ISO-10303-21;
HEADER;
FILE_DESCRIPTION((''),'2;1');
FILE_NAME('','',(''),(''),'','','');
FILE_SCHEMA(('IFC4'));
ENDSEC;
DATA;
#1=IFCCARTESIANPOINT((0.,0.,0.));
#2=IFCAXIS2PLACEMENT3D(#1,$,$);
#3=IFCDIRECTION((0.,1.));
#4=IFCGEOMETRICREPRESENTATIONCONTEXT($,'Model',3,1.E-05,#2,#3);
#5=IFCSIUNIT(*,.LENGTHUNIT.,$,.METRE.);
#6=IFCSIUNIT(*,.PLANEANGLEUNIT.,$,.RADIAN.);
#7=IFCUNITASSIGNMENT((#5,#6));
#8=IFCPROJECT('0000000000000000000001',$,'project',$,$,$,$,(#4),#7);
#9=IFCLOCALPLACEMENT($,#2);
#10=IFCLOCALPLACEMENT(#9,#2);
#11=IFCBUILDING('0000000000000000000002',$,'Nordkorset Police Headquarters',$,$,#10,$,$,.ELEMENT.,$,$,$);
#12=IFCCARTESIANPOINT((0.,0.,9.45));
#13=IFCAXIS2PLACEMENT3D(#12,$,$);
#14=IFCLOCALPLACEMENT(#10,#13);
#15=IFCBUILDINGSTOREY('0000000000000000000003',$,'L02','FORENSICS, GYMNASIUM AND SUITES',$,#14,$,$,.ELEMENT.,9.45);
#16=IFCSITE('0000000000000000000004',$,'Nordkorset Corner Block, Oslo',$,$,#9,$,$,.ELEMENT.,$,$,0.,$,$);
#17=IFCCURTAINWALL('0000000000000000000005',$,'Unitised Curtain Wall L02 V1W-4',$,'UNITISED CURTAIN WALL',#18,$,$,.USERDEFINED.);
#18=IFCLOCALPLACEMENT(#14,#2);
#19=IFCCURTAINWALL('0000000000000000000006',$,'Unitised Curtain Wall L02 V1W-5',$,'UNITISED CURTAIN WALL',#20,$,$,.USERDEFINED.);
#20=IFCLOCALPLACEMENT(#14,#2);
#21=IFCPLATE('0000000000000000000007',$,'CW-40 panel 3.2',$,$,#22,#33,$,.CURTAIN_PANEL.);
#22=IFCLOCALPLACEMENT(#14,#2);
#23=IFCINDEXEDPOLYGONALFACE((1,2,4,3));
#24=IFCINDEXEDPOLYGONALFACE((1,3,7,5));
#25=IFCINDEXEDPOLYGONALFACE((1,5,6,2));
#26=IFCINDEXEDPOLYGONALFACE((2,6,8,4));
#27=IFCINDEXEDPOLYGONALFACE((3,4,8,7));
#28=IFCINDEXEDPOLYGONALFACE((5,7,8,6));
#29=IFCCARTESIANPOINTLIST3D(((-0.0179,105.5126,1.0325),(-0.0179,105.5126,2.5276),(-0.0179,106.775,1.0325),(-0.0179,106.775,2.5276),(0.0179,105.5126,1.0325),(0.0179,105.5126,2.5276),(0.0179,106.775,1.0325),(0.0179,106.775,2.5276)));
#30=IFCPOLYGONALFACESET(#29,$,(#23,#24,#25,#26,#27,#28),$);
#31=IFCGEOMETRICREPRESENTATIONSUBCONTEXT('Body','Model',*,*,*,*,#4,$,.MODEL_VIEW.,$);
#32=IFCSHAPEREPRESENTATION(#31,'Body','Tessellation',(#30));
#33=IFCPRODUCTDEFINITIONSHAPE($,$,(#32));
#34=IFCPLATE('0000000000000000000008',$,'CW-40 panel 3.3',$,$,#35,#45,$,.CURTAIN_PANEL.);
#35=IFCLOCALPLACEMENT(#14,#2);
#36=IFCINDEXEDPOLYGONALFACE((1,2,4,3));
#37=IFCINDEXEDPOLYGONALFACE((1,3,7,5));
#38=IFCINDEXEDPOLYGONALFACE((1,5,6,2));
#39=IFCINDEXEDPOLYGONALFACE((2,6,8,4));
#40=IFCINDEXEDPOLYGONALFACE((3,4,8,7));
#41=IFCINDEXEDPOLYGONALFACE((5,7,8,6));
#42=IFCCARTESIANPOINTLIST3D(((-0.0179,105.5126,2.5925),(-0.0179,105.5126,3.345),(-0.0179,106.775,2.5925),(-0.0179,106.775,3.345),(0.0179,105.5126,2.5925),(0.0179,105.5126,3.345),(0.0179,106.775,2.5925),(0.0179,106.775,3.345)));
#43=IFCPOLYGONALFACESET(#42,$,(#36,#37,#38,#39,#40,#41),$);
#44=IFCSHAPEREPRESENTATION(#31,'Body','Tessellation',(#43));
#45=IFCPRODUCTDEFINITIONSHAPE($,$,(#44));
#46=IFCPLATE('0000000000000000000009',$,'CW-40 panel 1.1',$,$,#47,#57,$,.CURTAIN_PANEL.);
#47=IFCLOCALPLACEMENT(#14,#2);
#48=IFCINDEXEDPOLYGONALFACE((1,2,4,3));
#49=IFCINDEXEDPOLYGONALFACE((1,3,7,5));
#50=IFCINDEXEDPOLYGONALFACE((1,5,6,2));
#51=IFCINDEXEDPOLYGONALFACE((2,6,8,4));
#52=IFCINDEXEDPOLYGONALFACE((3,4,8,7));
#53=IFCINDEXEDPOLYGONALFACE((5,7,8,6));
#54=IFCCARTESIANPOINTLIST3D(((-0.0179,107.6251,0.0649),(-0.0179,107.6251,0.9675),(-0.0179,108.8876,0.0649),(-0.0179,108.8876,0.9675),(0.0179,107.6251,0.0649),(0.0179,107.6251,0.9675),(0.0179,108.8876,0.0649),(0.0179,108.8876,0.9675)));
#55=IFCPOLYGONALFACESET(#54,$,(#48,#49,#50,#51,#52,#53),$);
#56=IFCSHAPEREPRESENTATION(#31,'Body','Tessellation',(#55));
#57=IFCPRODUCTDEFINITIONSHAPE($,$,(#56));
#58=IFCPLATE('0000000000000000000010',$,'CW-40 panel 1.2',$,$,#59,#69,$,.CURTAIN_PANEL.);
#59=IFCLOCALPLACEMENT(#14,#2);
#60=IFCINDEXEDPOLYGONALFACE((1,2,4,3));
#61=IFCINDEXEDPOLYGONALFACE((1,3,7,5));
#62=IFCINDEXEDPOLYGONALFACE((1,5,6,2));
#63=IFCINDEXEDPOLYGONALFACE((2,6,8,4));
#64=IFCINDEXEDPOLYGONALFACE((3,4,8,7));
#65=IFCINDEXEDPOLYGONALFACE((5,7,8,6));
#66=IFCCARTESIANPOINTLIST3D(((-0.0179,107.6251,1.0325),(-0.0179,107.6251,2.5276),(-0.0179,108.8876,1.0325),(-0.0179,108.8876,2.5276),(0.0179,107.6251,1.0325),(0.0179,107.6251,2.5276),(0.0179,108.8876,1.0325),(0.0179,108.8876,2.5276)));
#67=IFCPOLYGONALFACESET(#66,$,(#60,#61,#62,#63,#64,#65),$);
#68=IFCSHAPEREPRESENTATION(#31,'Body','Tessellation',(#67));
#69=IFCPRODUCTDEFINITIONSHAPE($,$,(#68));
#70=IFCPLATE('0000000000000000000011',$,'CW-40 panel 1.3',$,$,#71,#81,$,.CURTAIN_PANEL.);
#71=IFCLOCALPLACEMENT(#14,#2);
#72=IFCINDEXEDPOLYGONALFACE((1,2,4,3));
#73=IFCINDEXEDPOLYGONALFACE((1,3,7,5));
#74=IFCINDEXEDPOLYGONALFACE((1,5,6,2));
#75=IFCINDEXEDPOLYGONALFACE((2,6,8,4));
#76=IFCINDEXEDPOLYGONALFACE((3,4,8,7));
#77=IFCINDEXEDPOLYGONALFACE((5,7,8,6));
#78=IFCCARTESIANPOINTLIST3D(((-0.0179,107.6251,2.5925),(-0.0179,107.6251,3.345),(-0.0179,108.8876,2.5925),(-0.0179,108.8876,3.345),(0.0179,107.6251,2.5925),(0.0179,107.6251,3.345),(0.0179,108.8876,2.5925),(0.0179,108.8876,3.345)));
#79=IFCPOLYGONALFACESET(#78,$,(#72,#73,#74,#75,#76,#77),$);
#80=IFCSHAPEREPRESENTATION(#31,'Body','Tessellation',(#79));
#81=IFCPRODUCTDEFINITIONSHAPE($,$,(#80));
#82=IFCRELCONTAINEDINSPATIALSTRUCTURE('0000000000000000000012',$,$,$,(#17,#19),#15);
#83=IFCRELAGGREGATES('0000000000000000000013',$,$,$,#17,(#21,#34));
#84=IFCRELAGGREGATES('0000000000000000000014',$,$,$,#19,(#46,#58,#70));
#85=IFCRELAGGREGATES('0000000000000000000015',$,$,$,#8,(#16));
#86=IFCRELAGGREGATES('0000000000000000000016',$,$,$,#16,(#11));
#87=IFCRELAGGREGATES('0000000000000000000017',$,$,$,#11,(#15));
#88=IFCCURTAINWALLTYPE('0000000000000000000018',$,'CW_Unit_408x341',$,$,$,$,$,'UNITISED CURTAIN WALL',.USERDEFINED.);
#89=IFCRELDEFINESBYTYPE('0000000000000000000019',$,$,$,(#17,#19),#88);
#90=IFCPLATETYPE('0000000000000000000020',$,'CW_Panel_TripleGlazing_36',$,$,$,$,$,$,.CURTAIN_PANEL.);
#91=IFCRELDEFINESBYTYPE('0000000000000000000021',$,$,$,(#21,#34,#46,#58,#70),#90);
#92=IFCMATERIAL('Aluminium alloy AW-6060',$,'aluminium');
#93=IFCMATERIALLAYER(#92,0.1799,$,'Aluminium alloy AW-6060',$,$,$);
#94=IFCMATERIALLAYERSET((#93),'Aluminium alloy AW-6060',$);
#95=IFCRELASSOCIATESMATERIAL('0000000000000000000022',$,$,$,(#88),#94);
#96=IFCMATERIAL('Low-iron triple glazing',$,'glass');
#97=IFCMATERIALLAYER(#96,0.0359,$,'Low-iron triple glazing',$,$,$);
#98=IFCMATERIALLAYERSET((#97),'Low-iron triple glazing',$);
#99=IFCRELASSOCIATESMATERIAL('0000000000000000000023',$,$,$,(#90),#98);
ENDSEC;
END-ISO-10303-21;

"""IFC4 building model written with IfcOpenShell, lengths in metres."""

from ifc_helpers import new_model, si_unit, direction, frame, origin, origin_2d, place, context, subcontext, project, spatial, rectangle, extrude, material, layer, layer_set, type_object, element, aggregate, save


model = new_model("IFC4")

# Units and contexts
model_context = context("Model", 3, precision=1e-05, world=origin(), true_north=direction((0.0, 1.0)))
body_context = subcontext(model_context, "Body", "Model", "MODEL_VIEW")
ifc_project = project(units=[si_unit("LENGTHUNIT", "METRE"), si_unit("PLANEANGLEUNIT", "RADIAN")], contexts=[model_context])

# Site, building, storey
site_placement = place(None, origin())
site = spatial("IfcSite", under=ifc_project, at=site_placement, Name="Nordkorset Corner Block, Oslo", CompositionType="ELEMENT", RefElevation=0.0)
building_placement = place(site_placement, origin())
building = spatial("IfcBuilding", under=site, at=building_placement, Name="Nordkorset Police Headquarters", CompositionType="ELEMENT")
storey_placement = place(building_placement, frame((0.0, 0.0, 9.45)))
storey = spatial("IfcBuildingStorey", under=building, at=storey_placement, Name="L02", Description="FORENSICS, GYMNASIUM AND SUITES", CompositionType="ELEMENT", Elevation=9.45)

# Curtain walls
ifc_material_1 = material(Name="Aluminium alloy AW-6060", Category="aluminium")
ifc_layer_1 = layer(ifc_material_1, 0.1799, Name="Aluminium alloy AW-6060")
ifc_layer_set_1 = layer_set([ifc_layer_1], Name="Aluminium alloy AW-6060")
curtain_wall_type = type_object("IfcCurtainWallType", Name="CW_Unit_408x341", ElementType="UNITISED CURTAIN WALL", PredefinedType="USERDEFINED", material=ifc_layer_set_1)
curtain_wall_1_placement = place(storey_placement, origin())
curtain_wall_1 = element("IfcCurtainWall", 1, at=curtain_wall_1_placement, inside=storey, type_object=curtain_wall_type, Name="Unitised Curtain Wall L02 V1W-4", ObjectType="UNITISED CURTAIN WALL", PredefinedType="USERDEFINED")
curtain_wall_2_placement = place(storey_placement, origin())
curtain_wall_2 = element("IfcCurtainWall", 2, at=curtain_wall_2_placement, inside=storey, type_object=curtain_wall_type, Name="Unitised Curtain Wall L02 V1W-5", ObjectType="UNITISED CURTAIN WALL", PredefinedType="USERDEFINED")

# Plates
ifc_material_2 = material(Name="Low-iron triple glazing", Category="glass")
ifc_layer_2 = layer(ifc_material_2, 0.0359, Name="Low-iron triple glazing")
ifc_layer_set_2 = layer_set([ifc_layer_2], Name="Low-iron triple glazing")
plate_type = type_object("IfcPlateType", Name="CW_Panel_TripleGlazing_36", PredefinedType="CURTAIN_PANEL", material=ifc_layer_set_2)
plate_1_placement = place(storey_placement, frame((0.0, 106.1438, 1.0325), z_axis=(0.0, 0.0, 1.0), x_axis=(0.0, 1.0, 0.0)))
plate_1 = element("IfcPlate", 3, at=plate_1_placement, type_object=plate_type, Name="CW-40 panel 3.2", PredefinedType="CURTAIN_PANEL", context=body_context, shape_type="SweptSolid", body=[
    extrude(rectangle(XDim=1.2625, YDim=0.0359, at=origin_2d()), origin(), (0.0, 0.0, 1.0), 1.4951),
])
plate_2_placement = place(storey_placement, frame((0.0, 106.1438, 2.5925), z_axis=(0.0, 0.0, 1.0), x_axis=(0.0, 1.0, 0.0)))
plate_2 = element("IfcPlate", 4, at=plate_2_placement, type_object=plate_type, Name="CW-40 panel 3.3", PredefinedType="CURTAIN_PANEL", context=body_context, shape_type="SweptSolid", body=[
    extrude(rectangle(XDim=1.2625, YDim=0.0359, at=origin_2d()), origin(), (0.0, 0.0, 1.0), 0.7524),
])
aggregate(curtain_wall_1, [plate_1, plate_2])
plate_3_placement = place(storey_placement, frame((0.0, 108.2563, 0.0649), z_axis=(0.0, 0.0, 1.0), x_axis=(0.0, 1.0, 0.0)))
plate_3 = element("IfcPlate", 5, at=plate_3_placement, type_object=plate_type, Name="CW-40 panel 1.1", PredefinedType="CURTAIN_PANEL", context=body_context, shape_type="SweptSolid", body=[
    extrude(rectangle(XDim=1.2625, YDim=0.0359, at=origin_2d()), origin(), (0.0, 0.0, 1.0), 0.9026),
])
plate_4_placement = place(storey_placement, frame((0.0, 108.2563, 1.0325), z_axis=(0.0, 0.0, 1.0), x_axis=(0.0, 1.0, 0.0)))
plate_4 = element("IfcPlate", 6, at=plate_4_placement, type_object=plate_type, Name="CW-40 panel 1.2", PredefinedType="CURTAIN_PANEL", context=body_context, shape_type="SweptSolid", body=[
    extrude(rectangle(XDim=1.2625, YDim=0.0359, at=origin_2d()), origin(), (0.0, 0.0, 1.0), 1.4951),
])
plate_5_placement = place(storey_placement, frame((0.0, 108.2563, 2.5925), z_axis=(0.0, 0.0, 1.0), x_axis=(0.0, 1.0, 0.0)))
plate_5 = element("IfcPlate", 7, at=plate_5_placement, type_object=plate_type, Name="CW-40 panel 1.3", PredefinedType="CURTAIN_PANEL", context=body_context, shape_type="SweptSolid", body=[
    extrude(rectangle(XDim=1.2625, YDim=0.0359, at=origin_2d()), origin(), (0.0, 0.0, 1.0), 0.7524),
])
aggregate(curtain_wall_2, [plate_3, plate_4, plate_5])

save(model, "model.ifc")
